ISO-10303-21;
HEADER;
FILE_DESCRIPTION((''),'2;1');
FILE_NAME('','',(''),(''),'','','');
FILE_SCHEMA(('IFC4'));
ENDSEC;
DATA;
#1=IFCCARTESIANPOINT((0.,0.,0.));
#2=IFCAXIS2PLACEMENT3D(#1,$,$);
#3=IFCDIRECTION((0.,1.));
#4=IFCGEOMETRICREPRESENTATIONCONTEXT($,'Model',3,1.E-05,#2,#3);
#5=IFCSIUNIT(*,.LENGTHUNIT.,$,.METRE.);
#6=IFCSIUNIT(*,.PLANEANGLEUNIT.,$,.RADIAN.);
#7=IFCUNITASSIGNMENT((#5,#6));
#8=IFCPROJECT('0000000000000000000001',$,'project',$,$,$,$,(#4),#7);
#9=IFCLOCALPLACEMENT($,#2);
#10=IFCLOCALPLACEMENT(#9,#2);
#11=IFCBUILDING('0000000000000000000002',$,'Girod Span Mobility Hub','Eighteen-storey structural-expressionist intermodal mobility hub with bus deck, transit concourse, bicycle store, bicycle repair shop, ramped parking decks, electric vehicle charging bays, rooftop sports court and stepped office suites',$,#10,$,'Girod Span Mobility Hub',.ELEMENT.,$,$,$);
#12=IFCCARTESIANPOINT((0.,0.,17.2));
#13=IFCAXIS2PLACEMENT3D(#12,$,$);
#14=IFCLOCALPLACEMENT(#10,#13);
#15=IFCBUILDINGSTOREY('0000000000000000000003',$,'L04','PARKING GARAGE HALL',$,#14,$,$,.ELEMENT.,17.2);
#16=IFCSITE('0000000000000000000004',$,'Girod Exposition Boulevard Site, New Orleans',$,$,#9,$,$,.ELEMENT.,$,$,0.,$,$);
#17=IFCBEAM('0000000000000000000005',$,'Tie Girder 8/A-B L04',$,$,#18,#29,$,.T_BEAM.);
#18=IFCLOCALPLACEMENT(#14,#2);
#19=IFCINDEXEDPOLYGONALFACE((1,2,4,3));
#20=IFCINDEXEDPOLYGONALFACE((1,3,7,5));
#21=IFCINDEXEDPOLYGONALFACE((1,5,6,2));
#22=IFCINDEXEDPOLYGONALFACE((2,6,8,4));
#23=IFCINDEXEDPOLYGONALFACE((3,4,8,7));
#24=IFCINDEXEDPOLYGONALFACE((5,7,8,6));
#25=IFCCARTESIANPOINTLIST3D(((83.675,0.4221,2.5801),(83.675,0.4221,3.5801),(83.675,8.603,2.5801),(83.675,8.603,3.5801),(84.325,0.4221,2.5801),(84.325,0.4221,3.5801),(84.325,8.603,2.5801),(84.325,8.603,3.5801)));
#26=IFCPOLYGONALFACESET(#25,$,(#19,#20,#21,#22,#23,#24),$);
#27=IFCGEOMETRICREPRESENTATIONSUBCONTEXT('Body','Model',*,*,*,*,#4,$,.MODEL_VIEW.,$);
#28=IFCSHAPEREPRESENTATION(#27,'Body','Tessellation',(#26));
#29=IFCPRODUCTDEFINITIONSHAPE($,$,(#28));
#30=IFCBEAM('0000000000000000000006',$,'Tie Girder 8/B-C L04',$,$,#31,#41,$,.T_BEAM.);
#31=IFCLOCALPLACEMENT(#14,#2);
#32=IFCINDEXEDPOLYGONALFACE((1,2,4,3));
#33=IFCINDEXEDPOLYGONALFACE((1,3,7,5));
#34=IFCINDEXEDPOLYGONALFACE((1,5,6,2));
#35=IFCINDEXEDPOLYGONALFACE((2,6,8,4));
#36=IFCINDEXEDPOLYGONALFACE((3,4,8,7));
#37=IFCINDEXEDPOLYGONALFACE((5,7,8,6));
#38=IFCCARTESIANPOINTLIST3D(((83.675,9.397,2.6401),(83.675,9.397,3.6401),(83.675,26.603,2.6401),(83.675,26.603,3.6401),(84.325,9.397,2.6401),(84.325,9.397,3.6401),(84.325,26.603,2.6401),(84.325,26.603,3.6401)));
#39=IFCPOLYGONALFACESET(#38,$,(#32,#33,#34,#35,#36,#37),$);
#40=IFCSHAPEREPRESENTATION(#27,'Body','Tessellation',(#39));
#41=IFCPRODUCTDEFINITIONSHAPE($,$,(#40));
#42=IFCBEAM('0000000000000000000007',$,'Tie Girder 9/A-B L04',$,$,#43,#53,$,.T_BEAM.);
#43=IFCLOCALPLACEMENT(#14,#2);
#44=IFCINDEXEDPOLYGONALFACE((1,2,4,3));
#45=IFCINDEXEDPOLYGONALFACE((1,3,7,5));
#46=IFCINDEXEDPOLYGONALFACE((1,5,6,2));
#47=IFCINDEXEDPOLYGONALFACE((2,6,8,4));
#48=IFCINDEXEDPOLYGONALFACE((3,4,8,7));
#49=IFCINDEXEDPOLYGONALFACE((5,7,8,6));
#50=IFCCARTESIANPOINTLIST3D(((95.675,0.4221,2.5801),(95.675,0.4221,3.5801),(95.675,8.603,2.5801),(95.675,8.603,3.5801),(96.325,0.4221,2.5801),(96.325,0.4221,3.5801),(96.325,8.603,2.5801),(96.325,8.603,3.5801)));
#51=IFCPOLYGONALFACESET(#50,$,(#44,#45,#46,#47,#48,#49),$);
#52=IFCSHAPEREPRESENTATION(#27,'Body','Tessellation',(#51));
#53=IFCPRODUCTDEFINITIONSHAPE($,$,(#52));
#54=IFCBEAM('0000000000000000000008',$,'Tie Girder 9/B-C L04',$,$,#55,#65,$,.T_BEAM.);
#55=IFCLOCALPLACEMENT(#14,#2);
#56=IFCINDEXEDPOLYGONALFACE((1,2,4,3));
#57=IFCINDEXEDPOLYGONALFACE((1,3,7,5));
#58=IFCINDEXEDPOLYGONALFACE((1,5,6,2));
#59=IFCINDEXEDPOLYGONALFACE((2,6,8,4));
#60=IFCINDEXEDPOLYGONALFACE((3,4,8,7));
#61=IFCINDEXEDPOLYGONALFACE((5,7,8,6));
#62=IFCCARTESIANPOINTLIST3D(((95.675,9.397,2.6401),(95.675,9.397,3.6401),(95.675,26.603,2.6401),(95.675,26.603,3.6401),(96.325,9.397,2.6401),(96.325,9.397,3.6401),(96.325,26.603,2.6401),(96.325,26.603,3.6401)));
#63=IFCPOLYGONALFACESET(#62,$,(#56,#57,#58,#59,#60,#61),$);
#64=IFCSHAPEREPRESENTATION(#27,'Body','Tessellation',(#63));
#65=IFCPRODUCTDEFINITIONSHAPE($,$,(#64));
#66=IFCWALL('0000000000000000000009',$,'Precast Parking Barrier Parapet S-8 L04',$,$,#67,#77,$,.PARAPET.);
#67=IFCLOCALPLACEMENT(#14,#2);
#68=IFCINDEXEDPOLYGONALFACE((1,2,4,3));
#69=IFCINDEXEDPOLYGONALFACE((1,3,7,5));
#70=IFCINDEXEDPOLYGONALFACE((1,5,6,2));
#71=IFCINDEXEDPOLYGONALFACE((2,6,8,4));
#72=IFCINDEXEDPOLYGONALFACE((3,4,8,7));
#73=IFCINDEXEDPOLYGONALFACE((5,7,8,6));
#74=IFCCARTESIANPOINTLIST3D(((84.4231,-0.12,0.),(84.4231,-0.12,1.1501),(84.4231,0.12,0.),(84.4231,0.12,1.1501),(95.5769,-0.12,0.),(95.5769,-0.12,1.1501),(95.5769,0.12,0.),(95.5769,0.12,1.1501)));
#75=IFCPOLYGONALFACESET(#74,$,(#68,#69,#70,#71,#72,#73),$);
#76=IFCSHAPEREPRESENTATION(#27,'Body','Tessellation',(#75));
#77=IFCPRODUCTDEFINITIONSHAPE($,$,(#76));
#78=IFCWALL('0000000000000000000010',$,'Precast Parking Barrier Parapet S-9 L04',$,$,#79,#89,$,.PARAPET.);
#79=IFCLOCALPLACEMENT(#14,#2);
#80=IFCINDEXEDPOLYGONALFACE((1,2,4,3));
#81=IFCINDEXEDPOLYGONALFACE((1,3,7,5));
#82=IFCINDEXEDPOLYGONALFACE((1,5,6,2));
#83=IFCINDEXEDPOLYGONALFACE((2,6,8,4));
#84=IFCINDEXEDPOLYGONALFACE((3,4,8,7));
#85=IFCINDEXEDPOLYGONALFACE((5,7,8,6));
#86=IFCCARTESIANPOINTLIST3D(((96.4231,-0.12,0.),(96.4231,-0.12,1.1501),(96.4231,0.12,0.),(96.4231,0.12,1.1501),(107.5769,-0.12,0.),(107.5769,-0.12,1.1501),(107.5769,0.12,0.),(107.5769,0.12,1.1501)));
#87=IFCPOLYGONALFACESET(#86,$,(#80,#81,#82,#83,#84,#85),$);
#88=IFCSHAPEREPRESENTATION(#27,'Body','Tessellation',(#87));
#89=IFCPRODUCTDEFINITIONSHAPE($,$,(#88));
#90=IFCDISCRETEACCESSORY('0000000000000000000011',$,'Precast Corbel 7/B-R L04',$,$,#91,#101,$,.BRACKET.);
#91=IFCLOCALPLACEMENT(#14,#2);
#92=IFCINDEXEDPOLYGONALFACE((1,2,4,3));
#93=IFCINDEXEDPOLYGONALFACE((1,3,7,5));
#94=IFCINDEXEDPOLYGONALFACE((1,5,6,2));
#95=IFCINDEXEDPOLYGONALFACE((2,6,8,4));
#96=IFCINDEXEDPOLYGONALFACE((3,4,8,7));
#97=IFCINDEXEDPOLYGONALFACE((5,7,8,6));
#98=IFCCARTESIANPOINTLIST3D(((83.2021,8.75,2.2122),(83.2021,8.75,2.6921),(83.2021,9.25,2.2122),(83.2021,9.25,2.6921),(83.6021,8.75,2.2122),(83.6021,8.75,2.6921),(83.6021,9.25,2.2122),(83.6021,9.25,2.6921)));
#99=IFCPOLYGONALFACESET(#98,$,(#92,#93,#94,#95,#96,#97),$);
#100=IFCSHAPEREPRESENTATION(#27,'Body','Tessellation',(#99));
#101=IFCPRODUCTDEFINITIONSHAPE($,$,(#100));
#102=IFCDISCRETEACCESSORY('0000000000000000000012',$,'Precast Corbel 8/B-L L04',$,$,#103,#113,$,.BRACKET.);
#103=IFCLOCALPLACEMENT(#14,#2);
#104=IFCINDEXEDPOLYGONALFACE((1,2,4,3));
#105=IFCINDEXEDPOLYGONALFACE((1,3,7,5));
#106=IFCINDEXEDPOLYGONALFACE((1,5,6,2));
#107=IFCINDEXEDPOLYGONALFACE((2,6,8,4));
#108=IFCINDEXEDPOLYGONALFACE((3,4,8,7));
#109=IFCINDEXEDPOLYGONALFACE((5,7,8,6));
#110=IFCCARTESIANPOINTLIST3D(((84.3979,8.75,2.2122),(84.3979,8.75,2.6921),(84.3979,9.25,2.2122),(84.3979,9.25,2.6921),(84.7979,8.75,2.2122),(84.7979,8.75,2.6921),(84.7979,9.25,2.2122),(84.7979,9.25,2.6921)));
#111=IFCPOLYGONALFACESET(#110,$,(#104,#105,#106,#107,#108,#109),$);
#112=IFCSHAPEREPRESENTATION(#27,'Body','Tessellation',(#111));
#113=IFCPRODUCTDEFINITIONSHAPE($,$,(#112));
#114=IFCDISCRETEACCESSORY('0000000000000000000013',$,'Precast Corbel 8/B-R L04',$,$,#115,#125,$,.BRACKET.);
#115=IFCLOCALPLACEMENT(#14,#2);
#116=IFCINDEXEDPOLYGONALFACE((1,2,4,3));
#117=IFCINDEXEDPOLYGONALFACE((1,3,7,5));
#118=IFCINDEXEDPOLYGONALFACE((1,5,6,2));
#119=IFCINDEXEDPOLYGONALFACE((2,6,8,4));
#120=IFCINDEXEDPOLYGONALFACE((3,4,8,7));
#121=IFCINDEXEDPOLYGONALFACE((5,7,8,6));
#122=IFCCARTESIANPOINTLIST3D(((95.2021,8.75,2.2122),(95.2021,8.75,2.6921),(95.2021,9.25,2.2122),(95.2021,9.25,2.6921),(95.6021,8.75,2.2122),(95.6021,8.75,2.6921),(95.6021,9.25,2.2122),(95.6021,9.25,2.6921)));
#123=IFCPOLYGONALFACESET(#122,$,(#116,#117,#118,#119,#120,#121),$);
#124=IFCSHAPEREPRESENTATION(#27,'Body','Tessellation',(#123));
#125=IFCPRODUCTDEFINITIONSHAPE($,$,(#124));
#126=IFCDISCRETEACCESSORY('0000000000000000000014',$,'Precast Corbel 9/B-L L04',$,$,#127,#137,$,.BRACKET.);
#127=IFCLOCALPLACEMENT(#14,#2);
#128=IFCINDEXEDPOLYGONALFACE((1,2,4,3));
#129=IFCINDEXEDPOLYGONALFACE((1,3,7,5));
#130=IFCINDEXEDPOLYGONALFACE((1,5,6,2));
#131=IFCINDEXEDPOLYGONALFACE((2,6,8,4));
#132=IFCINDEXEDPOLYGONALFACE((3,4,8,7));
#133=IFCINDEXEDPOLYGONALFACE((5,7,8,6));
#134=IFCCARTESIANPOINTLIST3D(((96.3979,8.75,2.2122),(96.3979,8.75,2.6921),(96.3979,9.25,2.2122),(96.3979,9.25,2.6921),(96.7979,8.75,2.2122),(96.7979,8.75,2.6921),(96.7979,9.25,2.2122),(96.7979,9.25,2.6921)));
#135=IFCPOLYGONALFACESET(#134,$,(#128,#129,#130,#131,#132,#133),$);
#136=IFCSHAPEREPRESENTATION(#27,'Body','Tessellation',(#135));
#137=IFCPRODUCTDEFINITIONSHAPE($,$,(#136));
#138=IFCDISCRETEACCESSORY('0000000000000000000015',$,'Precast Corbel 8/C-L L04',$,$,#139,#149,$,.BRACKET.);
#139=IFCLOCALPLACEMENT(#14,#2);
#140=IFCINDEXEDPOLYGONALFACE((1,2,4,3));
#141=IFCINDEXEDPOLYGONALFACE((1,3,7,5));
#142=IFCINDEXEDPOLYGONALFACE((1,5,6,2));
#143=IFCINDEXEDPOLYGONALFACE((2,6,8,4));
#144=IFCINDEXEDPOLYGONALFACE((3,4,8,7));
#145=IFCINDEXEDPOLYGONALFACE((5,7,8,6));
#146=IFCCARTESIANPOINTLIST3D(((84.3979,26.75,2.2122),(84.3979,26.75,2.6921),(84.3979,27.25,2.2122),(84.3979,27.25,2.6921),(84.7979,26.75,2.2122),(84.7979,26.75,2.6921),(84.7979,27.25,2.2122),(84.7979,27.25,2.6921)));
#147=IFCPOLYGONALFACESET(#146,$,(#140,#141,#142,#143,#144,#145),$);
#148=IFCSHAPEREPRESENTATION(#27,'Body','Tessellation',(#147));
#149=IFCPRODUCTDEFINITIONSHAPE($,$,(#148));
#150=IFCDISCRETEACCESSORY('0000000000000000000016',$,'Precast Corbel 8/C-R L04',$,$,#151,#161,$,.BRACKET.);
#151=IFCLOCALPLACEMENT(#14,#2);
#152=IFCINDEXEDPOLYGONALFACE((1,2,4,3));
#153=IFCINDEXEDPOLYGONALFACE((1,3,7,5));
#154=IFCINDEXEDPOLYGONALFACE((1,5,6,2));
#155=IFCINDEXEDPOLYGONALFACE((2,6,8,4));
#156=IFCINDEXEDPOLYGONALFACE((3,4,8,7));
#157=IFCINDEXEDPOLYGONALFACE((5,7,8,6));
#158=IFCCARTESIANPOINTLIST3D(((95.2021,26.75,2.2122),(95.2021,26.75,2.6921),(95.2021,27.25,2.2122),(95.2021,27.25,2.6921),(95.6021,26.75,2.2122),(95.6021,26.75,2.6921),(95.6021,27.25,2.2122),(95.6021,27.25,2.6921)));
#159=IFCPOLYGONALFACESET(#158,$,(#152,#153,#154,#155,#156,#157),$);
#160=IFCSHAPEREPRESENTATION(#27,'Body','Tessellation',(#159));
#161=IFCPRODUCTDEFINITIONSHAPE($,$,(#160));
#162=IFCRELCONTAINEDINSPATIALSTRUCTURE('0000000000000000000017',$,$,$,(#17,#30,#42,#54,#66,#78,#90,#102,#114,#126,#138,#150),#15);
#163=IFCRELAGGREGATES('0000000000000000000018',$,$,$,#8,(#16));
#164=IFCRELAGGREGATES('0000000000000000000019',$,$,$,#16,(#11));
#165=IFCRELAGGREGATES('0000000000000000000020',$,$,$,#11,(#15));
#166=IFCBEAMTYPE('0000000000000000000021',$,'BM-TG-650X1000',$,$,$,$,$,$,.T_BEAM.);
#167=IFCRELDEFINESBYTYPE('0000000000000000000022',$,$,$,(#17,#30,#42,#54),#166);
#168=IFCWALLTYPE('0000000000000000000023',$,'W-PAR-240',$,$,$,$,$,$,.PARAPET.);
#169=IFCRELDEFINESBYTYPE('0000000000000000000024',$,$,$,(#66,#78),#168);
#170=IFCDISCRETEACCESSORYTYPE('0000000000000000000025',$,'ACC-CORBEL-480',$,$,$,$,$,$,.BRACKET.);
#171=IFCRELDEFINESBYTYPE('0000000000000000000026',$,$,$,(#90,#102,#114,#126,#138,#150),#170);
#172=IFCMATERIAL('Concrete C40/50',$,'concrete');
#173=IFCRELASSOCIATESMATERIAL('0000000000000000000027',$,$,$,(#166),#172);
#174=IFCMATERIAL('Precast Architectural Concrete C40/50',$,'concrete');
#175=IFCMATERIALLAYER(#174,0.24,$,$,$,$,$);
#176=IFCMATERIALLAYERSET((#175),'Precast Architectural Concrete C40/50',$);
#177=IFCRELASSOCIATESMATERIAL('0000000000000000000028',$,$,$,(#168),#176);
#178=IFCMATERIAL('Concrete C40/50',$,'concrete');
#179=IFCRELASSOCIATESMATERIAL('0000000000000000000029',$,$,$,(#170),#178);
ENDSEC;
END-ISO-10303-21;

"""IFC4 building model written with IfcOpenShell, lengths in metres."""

from ifc_helpers import new_model, si_unit, direction, frame, frame_2d, origin, origin_2d, place, context, subcontext, project, spatial, rectangle, extrude, material, layer, layer_set, material_profile, profile_set, type_object, element, save


model = new_model("IFC4")

# Units and contexts
model_context = context("Model", 3, precision=1e-05, world=origin(), true_north=direction((0.0, 1.0)))
body_context = subcontext(model_context, "Body", "Model", "MODEL_VIEW")
ifc_project = project(units=[si_unit("LENGTHUNIT", "METRE"), si_unit("PLANEANGLEUNIT", "RADIAN")], contexts=[model_context])

# Site, building, storey
site_placement = place(None, origin())
site = spatial("IfcSite", under=ifc_project, at=site_placement, Name="Girod Exposition Boulevard Site, New Orleans", CompositionType="ELEMENT", RefElevation=0.0)
building_placement = place(site_placement, origin())
building = spatial("IfcBuilding", under=site, at=building_placement, Name="Girod Span Mobility Hub", Description="Eighteen-storey structural-expressionist intermodal mobility hub with bus deck, transit concourse, bicycle store, bicycle repair shop, ramped parking decks, electric vehicle charging bays, rooftop sports court and stepped office suites", LongName="Girod Span Mobility Hub", CompositionType="ELEMENT")
storey_placement = place(building_placement, frame((0.0, 0.0, 17.2)))
storey = spatial("IfcBuildingStorey", under=building, at=storey_placement, Name="L04", Description="PARKING GARAGE HALL", CompositionType="ELEMENT", Elevation=17.2)

# Beams
ifc_material_1 = material(Name="Concrete C40/50", Category="concrete")
ifc_material_profile_1 = material_profile(ifc_material_1, rectangle(XDim=0.6499, YDim=1.0, at=origin_2d()), Name="TG-650X1000")
ifc_profile_set_1 = profile_set([ifc_material_profile_1], Name="Concrete C40/50")
beam_type_1 = type_object("IfcBeamType", Name="BM-TG-650X1000", PredefinedType="T_BEAM", material=ifc_profile_set_1)
beam_1_placement = place(storey_placement, frame((84.0, 0.4221, 3.0801), z_axis=(0.0, 1.0, 0.0), x_axis=(-1.0, 0.0, 0.0)))
element("IfcBeam", 1, at=beam_1_placement, inside=storey, type_object=beam_type_1, Name="Tie Girder 8/A-B L04", PredefinedType="T_BEAM", context=body_context, shape_type="SweptSolid", body=[
    extrude(rectangle(XDim=0.6499, YDim=1.0, at=origin_2d()), origin(), (0.0, 0.0, 1.0), 8.1809),
])
beam_2_placement = place(storey_placement, frame((84.0, 9.397, 3.1401), z_axis=(0.0, 1.0, 0.0), x_axis=(-1.0, 0.0, 0.0)))
element("IfcBeam", 2, at=beam_2_placement, inside=storey, type_object=beam_type_1, Name="Tie Girder 8/B-C L04", PredefinedType="T_BEAM", context=body_context, shape_type="SweptSolid", body=[
    extrude(rectangle(XDim=0.6499, YDim=1.0, at=origin_2d()), origin(), (0.0, 0.0, 1.0), 17.2061),
])
beam_3_placement = place(storey_placement, frame((96.0, 0.4221, 3.0801), z_axis=(0.0, 1.0, 0.0), x_axis=(-1.0, 0.0, 0.0)))
element("IfcBeam", 3, at=beam_3_placement, inside=storey, type_object=beam_type_1, Name="Tie Girder 9/A-B L04", PredefinedType="T_BEAM", context=body_context, shape_type="SweptSolid", body=[
    extrude(rectangle(XDim=0.6499, YDim=1.0, at=origin_2d()), origin(), (0.0, 0.0, 1.0), 8.1809),
])
beam_4_placement = place(storey_placement, frame((96.0, 9.397, 3.1401), z_axis=(0.0, 1.0, 0.0), x_axis=(-1.0, 0.0, 0.0)))
element("IfcBeam", 4, at=beam_4_placement, inside=storey, type_object=beam_type_1, Name="Tie Girder 9/B-C L04", PredefinedType="T_BEAM", context=body_context, shape_type="SweptSolid", body=[
    extrude(rectangle(XDim=0.6499, YDim=1.0, at=origin_2d()), origin(), (0.0, 0.0, 1.0), 17.2061),
])

# Walls
ifc_material_2 = material(Name="Precast Architectural Concrete C40/50", Category="concrete")
ifc_layer = layer(ifc_material_2, 0.24)
ifc_layer_set = layer_set([ifc_layer], Name="Precast Architectural Concrete C40/50")
wall_type = type_object("IfcWallType", Name="W-PAR-240", PredefinedType="PARAPET", material=ifc_layer_set)
for number, where, z_axis, x_axis, name in (
    (5, (84.4231, 0.0, 0.0), (0.0, 0.0, 1.0), (1.0, 0.0, 0.0), "Precast Parking Barrier Parapet S-8 L04"),
    (6, (96.4231, 0.0, 0.0), (0.0, 0.0, 1.0), (1.0, 0.0, 0.0), "Precast Parking Barrier Parapet S-9 L04"),
):
    element("IfcWall", number, at=place(storey_placement, frame(where, z_axis=z_axis, x_axis=x_axis)), inside=storey, type_object=wall_type, Name=name, PredefinedType="PARAPET", context=body_context, shape_type="SweptSolid", body=[
        extrude(rectangle(XDim=11.1538, YDim=0.24, at=frame_2d((5.5769, 0.0))), origin(), (0.0, 0.0, 1.0), 1.1501),
    ])

# Discrete accessories
ifc_material_3 = material(Name="Concrete C40/50", Category="concrete")
discrete_accessory_type = type_object("IfcDiscreteAccessoryType", Name="ACC-CORBEL-480", PredefinedType="BRACKET", material=ifc_material_3)
for number, where, z_axis, x_axis, name in (
    (7, (83.4021, 9.0, 2.2122), (0.0, 0.0, 1.0), (1.0, 0.0, 0.0), "Precast Corbel 7/B-R L04"),
    (8, (84.5979, 9.0, 2.2122), (0.0, 0.0, 1.0), (1.0, 0.0, 0.0), "Precast Corbel 8/B-L L04"),
    (9, (95.4021, 9.0, 2.2122), (0.0, 0.0, 1.0), (1.0, 0.0, 0.0), "Precast Corbel 8/B-R L04"),
    (10, (96.5979, 9.0, 2.2122), (0.0, 0.0, 1.0), (1.0, 0.0, 0.0), "Precast Corbel 9/B-L L04"),
    (11, (84.5979, 27.0, 2.2122), (0.0, 0.0, 1.0), (1.0, 0.0, 0.0), "Precast Corbel 8/C-L L04"),
    (12, (95.4021, 27.0, 2.2122), (0.0, 0.0, 1.0), (1.0, 0.0, 0.0), "Precast Corbel 8/C-R L04"),
):
    element("IfcDiscreteAccessory", number, at=place(storey_placement, frame(where, z_axis=z_axis, x_axis=x_axis)), inside=storey, type_object=discrete_accessory_type, Name=name, PredefinedType="BRACKET", context=body_context, shape_type="SweptSolid", body=[
        extrude(rectangle(XDim=0.3999, YDim=0.5, at=origin_2d()), origin(), (0.0, 0.0, 1.0), 0.48),
    ])

save(model, "model.ifc")
